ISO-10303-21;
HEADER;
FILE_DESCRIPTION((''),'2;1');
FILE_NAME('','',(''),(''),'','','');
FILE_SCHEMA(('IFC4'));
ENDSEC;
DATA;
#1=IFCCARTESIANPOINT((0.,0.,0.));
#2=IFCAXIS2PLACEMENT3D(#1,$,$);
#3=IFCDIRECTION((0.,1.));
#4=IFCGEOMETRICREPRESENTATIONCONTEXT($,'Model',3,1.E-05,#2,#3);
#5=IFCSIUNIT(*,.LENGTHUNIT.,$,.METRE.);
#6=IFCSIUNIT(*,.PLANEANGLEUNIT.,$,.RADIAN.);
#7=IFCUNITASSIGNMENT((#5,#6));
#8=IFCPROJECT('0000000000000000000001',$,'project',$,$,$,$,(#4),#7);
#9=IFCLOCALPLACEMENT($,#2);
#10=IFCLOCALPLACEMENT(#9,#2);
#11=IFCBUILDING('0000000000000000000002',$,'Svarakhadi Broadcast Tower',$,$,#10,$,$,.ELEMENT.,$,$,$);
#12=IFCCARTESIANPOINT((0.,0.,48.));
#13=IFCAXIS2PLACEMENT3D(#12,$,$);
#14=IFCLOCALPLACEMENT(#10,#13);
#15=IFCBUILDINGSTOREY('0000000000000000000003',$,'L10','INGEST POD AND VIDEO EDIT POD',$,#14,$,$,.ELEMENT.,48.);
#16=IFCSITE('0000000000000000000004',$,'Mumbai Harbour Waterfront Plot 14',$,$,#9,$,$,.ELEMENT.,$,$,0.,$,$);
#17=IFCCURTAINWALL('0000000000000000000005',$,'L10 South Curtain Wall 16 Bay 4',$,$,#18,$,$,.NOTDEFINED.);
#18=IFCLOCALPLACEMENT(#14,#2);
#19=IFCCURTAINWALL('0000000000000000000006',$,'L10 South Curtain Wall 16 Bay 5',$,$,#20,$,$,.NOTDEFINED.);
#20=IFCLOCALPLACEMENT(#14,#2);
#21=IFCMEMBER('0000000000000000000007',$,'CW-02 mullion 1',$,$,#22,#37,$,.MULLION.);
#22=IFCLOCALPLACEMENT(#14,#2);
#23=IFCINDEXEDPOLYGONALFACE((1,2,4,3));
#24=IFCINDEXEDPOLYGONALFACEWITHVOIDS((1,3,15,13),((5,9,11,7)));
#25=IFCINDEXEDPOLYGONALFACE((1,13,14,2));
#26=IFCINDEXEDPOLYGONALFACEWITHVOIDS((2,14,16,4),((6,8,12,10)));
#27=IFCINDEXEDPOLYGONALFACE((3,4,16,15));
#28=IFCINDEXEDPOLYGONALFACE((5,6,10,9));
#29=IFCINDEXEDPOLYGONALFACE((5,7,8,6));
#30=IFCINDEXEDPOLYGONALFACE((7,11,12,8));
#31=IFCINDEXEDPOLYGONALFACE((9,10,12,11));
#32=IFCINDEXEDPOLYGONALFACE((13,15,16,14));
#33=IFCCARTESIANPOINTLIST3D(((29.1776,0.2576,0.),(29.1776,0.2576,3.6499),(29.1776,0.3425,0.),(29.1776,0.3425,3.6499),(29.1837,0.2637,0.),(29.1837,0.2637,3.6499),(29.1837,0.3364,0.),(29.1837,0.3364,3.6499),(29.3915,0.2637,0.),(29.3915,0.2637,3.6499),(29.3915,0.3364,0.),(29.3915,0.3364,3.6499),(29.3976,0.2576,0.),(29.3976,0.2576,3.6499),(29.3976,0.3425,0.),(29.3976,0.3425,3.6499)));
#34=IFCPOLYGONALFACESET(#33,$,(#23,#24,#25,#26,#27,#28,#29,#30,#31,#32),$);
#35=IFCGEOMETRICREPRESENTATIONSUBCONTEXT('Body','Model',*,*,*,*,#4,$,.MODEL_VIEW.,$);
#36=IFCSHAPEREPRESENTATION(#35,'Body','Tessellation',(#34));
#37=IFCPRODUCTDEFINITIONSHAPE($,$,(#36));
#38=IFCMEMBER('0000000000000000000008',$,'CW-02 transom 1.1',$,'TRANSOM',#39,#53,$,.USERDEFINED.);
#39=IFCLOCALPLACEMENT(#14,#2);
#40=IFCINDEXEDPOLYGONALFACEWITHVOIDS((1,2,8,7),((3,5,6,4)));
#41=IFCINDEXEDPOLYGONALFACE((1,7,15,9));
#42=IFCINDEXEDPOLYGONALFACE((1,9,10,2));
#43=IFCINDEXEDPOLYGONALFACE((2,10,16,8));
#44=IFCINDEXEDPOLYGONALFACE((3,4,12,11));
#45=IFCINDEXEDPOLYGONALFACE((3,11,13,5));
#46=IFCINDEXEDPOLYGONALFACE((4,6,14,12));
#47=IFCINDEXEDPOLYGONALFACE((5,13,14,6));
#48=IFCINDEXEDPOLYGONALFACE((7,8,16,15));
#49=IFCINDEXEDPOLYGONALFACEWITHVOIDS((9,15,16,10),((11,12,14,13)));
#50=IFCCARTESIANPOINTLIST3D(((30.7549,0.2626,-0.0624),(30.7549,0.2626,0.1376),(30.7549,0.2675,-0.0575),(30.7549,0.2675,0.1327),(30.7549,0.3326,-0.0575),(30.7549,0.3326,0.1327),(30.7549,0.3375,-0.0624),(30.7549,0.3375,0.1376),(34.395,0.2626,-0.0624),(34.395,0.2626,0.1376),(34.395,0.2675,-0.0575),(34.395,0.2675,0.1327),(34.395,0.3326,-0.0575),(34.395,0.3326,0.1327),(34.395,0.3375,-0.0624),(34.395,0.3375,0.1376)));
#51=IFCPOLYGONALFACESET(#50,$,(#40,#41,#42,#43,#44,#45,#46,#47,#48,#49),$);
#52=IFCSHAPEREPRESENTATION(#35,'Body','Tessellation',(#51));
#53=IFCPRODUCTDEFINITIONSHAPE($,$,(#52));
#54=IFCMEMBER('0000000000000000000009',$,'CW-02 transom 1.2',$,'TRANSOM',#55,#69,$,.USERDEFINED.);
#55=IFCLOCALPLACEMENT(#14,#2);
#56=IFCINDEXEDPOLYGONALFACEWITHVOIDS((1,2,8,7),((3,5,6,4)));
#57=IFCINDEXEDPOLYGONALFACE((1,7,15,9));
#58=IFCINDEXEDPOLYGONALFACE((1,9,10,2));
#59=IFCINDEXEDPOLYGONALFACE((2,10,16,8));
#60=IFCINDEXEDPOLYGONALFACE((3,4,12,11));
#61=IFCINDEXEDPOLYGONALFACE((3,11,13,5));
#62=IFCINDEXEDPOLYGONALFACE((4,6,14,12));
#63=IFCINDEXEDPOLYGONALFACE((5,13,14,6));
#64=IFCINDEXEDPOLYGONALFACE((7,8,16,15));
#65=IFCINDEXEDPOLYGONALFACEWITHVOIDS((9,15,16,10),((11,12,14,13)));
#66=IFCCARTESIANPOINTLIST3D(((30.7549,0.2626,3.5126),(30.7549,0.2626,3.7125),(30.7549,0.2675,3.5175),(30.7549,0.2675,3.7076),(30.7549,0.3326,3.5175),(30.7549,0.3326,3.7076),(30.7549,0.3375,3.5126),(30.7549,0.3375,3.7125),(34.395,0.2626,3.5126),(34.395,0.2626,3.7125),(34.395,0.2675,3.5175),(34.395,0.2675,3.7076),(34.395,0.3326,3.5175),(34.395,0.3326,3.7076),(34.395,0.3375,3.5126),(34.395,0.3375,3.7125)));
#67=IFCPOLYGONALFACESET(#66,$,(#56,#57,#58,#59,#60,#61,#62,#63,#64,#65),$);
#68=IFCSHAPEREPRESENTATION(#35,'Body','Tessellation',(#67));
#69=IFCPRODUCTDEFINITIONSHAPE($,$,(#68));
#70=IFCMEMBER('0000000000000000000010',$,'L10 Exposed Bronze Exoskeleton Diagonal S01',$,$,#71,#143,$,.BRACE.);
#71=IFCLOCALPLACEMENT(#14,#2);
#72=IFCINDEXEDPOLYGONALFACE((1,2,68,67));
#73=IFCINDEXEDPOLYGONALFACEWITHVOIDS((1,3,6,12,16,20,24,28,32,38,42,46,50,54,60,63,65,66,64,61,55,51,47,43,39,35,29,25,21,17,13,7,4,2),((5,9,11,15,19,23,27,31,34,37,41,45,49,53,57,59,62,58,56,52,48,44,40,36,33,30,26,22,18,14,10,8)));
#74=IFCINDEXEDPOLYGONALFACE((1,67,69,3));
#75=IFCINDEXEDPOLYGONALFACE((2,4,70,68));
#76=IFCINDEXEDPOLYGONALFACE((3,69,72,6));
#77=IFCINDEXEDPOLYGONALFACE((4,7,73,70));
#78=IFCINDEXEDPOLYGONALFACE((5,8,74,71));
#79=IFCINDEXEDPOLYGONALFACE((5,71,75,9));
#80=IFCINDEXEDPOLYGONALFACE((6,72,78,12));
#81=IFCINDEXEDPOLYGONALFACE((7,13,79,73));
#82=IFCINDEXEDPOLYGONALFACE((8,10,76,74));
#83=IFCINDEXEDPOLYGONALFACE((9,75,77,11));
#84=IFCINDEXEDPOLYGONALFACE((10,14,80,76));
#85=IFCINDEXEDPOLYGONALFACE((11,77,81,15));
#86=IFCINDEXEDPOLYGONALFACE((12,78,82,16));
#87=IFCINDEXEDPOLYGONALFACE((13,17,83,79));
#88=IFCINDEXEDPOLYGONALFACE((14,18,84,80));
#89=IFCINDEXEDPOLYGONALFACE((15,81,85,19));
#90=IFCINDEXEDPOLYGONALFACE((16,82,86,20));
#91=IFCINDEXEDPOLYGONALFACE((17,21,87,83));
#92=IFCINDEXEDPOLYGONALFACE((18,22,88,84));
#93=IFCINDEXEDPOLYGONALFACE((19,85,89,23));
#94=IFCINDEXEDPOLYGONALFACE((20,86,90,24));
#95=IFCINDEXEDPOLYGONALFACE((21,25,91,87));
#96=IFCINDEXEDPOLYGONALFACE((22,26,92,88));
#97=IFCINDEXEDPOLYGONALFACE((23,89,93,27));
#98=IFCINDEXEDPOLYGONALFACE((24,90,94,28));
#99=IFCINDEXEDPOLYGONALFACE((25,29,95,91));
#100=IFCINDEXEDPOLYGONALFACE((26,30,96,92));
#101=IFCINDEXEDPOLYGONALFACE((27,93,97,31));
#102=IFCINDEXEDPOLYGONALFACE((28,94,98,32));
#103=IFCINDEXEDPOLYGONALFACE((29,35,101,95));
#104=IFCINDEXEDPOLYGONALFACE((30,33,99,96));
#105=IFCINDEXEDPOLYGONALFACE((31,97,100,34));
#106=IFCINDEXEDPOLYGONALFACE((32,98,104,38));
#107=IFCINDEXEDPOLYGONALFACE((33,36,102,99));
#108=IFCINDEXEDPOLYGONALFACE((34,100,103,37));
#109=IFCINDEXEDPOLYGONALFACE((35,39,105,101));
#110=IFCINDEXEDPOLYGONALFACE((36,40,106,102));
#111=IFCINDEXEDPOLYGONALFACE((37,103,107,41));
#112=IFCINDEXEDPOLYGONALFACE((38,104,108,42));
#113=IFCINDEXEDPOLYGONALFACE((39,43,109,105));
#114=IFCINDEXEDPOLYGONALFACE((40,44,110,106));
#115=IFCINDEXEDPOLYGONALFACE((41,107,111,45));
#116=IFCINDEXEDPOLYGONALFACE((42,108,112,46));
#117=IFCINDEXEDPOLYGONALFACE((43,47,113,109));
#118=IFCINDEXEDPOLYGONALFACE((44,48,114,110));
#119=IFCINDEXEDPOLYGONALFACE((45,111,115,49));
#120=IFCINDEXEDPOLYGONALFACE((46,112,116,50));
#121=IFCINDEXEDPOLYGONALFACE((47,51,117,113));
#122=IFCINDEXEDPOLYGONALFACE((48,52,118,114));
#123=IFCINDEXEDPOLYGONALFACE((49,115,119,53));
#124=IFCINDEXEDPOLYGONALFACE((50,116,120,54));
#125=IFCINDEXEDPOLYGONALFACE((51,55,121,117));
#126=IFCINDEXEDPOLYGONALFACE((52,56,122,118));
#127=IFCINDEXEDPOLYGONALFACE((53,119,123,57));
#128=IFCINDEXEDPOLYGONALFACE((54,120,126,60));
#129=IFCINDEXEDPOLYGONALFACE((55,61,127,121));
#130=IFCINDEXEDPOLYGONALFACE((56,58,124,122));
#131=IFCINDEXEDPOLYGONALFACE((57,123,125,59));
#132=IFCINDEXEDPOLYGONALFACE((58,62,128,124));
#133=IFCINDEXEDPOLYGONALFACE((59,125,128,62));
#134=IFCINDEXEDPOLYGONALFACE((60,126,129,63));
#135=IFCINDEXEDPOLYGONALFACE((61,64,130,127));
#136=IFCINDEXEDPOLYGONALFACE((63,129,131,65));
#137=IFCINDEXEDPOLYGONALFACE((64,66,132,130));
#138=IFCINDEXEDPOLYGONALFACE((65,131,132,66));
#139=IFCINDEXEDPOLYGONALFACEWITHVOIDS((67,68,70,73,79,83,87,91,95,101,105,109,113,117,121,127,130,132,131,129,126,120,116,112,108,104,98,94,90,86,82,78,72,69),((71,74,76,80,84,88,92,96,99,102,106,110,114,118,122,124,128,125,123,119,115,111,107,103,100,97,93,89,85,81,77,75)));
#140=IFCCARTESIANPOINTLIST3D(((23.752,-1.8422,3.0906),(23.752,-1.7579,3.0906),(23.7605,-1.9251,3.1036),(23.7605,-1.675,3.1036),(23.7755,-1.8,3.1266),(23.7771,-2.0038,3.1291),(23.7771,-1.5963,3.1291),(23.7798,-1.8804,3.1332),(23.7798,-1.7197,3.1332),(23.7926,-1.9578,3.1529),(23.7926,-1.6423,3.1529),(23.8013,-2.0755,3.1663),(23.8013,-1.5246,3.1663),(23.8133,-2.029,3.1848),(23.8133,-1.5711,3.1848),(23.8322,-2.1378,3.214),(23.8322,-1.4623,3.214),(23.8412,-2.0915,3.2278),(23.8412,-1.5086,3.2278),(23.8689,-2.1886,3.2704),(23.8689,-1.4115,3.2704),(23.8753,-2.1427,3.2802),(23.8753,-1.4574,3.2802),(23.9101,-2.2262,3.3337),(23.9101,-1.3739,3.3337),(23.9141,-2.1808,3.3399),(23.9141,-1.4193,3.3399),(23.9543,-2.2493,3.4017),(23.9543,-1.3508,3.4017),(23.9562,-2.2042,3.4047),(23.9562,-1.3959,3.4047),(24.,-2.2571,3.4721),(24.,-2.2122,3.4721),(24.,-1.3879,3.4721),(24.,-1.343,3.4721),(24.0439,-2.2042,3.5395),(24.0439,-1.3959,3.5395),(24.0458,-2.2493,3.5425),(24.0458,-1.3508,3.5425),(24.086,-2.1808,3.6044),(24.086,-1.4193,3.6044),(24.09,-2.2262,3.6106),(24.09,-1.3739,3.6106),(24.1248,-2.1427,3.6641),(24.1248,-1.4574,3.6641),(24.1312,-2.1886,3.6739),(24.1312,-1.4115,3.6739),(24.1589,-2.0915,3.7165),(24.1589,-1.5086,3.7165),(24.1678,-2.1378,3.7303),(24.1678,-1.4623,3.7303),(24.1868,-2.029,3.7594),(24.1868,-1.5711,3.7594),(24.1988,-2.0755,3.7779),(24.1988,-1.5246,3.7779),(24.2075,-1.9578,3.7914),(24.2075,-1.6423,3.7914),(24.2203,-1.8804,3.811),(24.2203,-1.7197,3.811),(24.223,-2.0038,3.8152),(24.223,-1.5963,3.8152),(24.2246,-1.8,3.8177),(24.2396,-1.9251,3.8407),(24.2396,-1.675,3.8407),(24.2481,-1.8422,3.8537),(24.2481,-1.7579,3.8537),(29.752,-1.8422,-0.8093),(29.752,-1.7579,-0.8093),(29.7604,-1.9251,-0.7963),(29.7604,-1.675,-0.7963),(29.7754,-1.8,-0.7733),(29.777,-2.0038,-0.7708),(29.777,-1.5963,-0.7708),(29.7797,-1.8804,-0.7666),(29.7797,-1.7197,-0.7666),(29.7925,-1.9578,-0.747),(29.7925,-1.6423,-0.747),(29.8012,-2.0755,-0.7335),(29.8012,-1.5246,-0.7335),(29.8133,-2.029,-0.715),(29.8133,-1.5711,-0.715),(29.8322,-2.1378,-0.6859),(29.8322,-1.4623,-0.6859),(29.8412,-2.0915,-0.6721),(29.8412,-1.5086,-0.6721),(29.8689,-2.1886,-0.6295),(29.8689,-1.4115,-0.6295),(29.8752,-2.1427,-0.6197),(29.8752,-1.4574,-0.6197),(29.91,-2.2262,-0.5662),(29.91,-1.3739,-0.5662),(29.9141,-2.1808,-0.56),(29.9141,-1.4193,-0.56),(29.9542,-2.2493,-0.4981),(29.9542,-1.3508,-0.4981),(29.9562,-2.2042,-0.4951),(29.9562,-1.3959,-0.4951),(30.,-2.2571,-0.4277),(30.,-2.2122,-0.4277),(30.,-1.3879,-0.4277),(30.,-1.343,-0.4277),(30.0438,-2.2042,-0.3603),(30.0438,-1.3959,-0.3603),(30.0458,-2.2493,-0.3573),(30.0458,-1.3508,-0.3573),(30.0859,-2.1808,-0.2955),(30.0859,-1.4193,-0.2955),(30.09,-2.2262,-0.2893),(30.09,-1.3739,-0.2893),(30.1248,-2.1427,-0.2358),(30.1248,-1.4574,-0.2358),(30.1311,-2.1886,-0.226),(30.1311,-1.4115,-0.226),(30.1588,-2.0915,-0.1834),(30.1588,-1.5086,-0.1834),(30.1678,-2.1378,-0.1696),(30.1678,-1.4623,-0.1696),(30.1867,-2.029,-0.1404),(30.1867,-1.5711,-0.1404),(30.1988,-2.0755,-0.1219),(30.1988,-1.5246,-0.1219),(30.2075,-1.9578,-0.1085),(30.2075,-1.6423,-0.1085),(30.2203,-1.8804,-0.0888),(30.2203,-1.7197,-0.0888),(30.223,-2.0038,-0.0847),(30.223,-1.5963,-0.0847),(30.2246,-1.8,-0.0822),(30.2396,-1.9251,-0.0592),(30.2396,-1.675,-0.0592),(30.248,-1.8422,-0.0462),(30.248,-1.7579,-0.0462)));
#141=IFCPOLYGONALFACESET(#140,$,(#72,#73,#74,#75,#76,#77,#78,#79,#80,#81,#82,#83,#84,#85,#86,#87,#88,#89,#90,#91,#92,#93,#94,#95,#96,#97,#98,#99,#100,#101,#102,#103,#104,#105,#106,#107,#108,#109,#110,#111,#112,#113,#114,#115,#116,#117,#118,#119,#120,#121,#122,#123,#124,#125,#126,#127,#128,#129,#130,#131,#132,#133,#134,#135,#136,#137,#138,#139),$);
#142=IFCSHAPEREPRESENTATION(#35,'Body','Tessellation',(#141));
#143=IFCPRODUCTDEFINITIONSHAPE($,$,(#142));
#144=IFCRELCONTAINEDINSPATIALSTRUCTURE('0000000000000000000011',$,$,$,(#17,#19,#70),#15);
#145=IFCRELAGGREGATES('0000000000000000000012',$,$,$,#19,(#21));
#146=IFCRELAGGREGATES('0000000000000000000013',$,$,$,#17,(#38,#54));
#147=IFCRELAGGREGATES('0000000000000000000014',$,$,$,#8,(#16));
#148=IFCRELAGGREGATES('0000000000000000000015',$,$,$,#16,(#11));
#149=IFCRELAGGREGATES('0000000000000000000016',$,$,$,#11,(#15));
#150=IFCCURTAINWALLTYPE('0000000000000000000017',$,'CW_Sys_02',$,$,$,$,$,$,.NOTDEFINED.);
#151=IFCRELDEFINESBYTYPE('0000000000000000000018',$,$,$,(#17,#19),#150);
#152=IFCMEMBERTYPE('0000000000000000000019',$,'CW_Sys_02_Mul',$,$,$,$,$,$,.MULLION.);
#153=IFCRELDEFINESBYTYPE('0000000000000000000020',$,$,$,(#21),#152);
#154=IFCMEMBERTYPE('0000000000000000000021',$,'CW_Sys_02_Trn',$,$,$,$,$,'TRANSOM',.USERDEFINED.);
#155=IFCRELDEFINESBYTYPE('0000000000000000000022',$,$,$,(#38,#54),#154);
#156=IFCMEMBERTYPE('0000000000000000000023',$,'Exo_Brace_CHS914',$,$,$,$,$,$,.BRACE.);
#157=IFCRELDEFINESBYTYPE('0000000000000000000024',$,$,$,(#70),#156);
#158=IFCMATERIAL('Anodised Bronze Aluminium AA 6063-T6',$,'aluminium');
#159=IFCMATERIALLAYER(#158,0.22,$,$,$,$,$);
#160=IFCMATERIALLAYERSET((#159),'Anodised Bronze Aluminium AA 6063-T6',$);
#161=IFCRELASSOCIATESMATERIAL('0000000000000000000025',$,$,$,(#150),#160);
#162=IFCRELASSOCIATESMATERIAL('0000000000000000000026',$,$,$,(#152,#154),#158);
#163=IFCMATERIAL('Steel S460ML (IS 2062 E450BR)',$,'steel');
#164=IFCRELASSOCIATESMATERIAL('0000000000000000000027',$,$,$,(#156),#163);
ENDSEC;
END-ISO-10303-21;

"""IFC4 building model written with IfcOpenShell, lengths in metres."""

from ifc_helpers import new_model, si_unit, direction, frame, origin, origin_2d, place, context, subcontext, project, spatial, hollow_rectangle, hollow_circle, extrude, material, layer, layer_set, material_profile, profile_set, type_object, element, aggregate, save


model = new_model("IFC4")

# Units and contexts
model_context = context("Model", 3, precision=1e-05, world=origin(), true_north=direction((0.0, 1.0)))
body_context = subcontext(model_context, "Body", "Model", "MODEL_VIEW")
ifc_project = project(units=[si_unit("LENGTHUNIT", "METRE"), si_unit("PLANEANGLEUNIT", "RADIAN")], contexts=[model_context])

# Site, building, storey
site_placement = place(None, origin())
site = spatial("IfcSite", under=ifc_project, at=site_placement, Name="Mumbai Harbour Waterfront Plot 14", CompositionType="ELEMENT", RefElevation=0.0)
building_placement = place(site_placement, origin())
building = spatial("IfcBuilding", under=site, at=building_placement, Name="Svarakhadi Broadcast Tower", CompositionType="ELEMENT")
storey_placement = place(building_placement, frame((0.0, 0.0, 48.0)))
storey = spatial("IfcBuildingStorey", under=building, at=storey_placement, Name="L10", Description="INGEST POD AND VIDEO EDIT POD", CompositionType="ELEMENT", Elevation=48.0)

# Shared definitions
ifc_material_1 = material(Name="Steel S460ML (IS 2062 E450BR)", Category="steel")

# Curtain wall
ifc_material_2 = material(Name="Anodised Bronze Aluminium AA 6063-T6", Category="aluminium")
ifc_layer_1 = layer(ifc_material_2, 0.22)
ifc_layer_set_1 = layer_set([ifc_layer_1], Name="Anodised Bronze Aluminium AA 6063-T6")
curtain_wall_type = type_object("IfcCurtainWallType", Name="CW_Sys_02", PredefinedType="NOTDEFINED", material=ifc_layer_set_1)
curtain_wall_1_placement = place(storey_placement, origin())
curtain_wall_1 = element("IfcCurtainWall", 1, at=curtain_wall_1_placement, inside=storey, type_object=curtain_wall_type, Name="L10 South Curtain Wall 16 Bay 4", PredefinedType="NOTDEFINED")
ifc_material_profile_1 = material_profile(ifc_material_2, hollow_rectangle(XDim=0.085, YDim=0.22, WallThickness=0.0061, at=origin_2d()), Name="ALU MULLION 220x85x6")
ifc_profile_set_1 = profile_set([ifc_material_profile_1], Name="Anodised Bronze Aluminium AA 6063-T6")
member_type_1 = type_object("IfcMemberType", Name="CW_Sys_02_Mul", PredefinedType="MULLION", material=ifc_profile_set_1)

# Curtain wall, member
curtain_wall_2_placement = place(storey_placement, origin())
curtain_wall_2 = element("IfcCurtainWall", 2, at=curtain_wall_2_placement, inside=storey, type_object=curtain_wall_type, Name="L10 South Curtain Wall 16 Bay 5", PredefinedType="NOTDEFINED")
member_1_placement = place(storey_placement, frame((29.2876, 0.3, 0.0), z_axis=(0.0, 0.0, 1.0), x_axis=(0.0, -1.0, 0.0)))
member_1 = element("IfcMember", 3, at=member_1_placement, type_object=member_type_1, Name="CW-02 mullion 1", PredefinedType="MULLION", context=body_context, shape_type="SweptSolid", body=[
    extrude(hollow_rectangle(XDim=0.085, YDim=0.22, WallThickness=0.0061, at=origin_2d()), origin(), (0.0, 0.0, 1.0), 3.6499),
])
aggregate(curtain_wall_2, [member_1])

# Members
ifc_material_profile_2 = material_profile(ifc_material_2, hollow_rectangle(XDim=0.075, YDim=0.2, WallThickness=0.0049, at=origin_2d()), Name="ALU TRANSOM 200x75x5")
ifc_profile_set_2 = profile_set([ifc_material_profile_2], Name="Anodised Bronze Aluminium AA 6063-T6")
member_type_2 = type_object("IfcMemberType", Name="CW_Sys_02_Trn", ElementType="TRANSOM", PredefinedType="USERDEFINED", material=ifc_profile_set_2)
member_2_placement = place(storey_placement, frame((34.395, 0.3, 0.0376), z_axis=(-1.0, 0.0, 0.0), x_axis=(0.0, -1.0, 0.0)))
member_2 = element("IfcMember", 4, at=member_2_placement, type_object=member_type_2, Name="CW-02 transom 1.1", ObjectType="TRANSOM", PredefinedType="USERDEFINED", context=body_context, shape_type="SweptSolid", body=[
    extrude(hollow_rectangle(XDim=0.075, YDim=0.2, WallThickness=0.0049, at=origin_2d()), origin(), (0.0, 0.0, 1.0), 3.6401),
])
member_3_placement = place(storey_placement, frame((34.395, 0.3, 3.6125), z_axis=(-1.0, 0.0, 0.0), x_axis=(0.0, -1.0, 0.0)))
member_3 = element("IfcMember", 5, at=member_3_placement, type_object=member_type_2, Name="CW-02 transom 1.2", ObjectType="TRANSOM", PredefinedType="USERDEFINED", context=body_context, shape_type="SweptSolid", body=[
    extrude(hollow_rectangle(XDim=0.075, YDim=0.2, WallThickness=0.0049, at=origin_2d()), origin(), (0.0, 0.0, 1.0), 3.6401),
])

# Member
ifc_material_profile_3 = material_profile(ifc_material_1, hollow_circle(Radius=0.457, WallThickness=0.0449, at=origin_2d()), Name="CHS 914x45")
ifc_profile_set_3 = profile_set([ifc_material_profile_3], Name="Steel S460ML (IS 2062 E450BR)")
member_type_3 = type_object("IfcMemberType", Name="Exo_Brace_CHS914", PredefinedType="BRACE", material=ifc_profile_set_3)
member_4_placement = place(storey_placement, frame((30.0, -1.8, -0.4277), z_axis=(-0.83845, 0.0, 0.544979), x_axis=(0.0, -1.0, 0.0)))
element("IfcMember", 6, at=member_4_placement, inside=storey, type_object=member_type_3, Name="L10 Exposed Bronze Exoskeleton Diagonal S01", PredefinedType="BRACE", context=body_context, shape_type="SweptSolid", body=[
    extrude(hollow_circle(Radius=0.457, WallThickness=0.0449, at=origin_2d()), origin(), (0.0, 0.0, 1.0), 7.156),
])

aggregate(curtain_wall_1, [member_2, member_3])

save(model, "model.ifc")
